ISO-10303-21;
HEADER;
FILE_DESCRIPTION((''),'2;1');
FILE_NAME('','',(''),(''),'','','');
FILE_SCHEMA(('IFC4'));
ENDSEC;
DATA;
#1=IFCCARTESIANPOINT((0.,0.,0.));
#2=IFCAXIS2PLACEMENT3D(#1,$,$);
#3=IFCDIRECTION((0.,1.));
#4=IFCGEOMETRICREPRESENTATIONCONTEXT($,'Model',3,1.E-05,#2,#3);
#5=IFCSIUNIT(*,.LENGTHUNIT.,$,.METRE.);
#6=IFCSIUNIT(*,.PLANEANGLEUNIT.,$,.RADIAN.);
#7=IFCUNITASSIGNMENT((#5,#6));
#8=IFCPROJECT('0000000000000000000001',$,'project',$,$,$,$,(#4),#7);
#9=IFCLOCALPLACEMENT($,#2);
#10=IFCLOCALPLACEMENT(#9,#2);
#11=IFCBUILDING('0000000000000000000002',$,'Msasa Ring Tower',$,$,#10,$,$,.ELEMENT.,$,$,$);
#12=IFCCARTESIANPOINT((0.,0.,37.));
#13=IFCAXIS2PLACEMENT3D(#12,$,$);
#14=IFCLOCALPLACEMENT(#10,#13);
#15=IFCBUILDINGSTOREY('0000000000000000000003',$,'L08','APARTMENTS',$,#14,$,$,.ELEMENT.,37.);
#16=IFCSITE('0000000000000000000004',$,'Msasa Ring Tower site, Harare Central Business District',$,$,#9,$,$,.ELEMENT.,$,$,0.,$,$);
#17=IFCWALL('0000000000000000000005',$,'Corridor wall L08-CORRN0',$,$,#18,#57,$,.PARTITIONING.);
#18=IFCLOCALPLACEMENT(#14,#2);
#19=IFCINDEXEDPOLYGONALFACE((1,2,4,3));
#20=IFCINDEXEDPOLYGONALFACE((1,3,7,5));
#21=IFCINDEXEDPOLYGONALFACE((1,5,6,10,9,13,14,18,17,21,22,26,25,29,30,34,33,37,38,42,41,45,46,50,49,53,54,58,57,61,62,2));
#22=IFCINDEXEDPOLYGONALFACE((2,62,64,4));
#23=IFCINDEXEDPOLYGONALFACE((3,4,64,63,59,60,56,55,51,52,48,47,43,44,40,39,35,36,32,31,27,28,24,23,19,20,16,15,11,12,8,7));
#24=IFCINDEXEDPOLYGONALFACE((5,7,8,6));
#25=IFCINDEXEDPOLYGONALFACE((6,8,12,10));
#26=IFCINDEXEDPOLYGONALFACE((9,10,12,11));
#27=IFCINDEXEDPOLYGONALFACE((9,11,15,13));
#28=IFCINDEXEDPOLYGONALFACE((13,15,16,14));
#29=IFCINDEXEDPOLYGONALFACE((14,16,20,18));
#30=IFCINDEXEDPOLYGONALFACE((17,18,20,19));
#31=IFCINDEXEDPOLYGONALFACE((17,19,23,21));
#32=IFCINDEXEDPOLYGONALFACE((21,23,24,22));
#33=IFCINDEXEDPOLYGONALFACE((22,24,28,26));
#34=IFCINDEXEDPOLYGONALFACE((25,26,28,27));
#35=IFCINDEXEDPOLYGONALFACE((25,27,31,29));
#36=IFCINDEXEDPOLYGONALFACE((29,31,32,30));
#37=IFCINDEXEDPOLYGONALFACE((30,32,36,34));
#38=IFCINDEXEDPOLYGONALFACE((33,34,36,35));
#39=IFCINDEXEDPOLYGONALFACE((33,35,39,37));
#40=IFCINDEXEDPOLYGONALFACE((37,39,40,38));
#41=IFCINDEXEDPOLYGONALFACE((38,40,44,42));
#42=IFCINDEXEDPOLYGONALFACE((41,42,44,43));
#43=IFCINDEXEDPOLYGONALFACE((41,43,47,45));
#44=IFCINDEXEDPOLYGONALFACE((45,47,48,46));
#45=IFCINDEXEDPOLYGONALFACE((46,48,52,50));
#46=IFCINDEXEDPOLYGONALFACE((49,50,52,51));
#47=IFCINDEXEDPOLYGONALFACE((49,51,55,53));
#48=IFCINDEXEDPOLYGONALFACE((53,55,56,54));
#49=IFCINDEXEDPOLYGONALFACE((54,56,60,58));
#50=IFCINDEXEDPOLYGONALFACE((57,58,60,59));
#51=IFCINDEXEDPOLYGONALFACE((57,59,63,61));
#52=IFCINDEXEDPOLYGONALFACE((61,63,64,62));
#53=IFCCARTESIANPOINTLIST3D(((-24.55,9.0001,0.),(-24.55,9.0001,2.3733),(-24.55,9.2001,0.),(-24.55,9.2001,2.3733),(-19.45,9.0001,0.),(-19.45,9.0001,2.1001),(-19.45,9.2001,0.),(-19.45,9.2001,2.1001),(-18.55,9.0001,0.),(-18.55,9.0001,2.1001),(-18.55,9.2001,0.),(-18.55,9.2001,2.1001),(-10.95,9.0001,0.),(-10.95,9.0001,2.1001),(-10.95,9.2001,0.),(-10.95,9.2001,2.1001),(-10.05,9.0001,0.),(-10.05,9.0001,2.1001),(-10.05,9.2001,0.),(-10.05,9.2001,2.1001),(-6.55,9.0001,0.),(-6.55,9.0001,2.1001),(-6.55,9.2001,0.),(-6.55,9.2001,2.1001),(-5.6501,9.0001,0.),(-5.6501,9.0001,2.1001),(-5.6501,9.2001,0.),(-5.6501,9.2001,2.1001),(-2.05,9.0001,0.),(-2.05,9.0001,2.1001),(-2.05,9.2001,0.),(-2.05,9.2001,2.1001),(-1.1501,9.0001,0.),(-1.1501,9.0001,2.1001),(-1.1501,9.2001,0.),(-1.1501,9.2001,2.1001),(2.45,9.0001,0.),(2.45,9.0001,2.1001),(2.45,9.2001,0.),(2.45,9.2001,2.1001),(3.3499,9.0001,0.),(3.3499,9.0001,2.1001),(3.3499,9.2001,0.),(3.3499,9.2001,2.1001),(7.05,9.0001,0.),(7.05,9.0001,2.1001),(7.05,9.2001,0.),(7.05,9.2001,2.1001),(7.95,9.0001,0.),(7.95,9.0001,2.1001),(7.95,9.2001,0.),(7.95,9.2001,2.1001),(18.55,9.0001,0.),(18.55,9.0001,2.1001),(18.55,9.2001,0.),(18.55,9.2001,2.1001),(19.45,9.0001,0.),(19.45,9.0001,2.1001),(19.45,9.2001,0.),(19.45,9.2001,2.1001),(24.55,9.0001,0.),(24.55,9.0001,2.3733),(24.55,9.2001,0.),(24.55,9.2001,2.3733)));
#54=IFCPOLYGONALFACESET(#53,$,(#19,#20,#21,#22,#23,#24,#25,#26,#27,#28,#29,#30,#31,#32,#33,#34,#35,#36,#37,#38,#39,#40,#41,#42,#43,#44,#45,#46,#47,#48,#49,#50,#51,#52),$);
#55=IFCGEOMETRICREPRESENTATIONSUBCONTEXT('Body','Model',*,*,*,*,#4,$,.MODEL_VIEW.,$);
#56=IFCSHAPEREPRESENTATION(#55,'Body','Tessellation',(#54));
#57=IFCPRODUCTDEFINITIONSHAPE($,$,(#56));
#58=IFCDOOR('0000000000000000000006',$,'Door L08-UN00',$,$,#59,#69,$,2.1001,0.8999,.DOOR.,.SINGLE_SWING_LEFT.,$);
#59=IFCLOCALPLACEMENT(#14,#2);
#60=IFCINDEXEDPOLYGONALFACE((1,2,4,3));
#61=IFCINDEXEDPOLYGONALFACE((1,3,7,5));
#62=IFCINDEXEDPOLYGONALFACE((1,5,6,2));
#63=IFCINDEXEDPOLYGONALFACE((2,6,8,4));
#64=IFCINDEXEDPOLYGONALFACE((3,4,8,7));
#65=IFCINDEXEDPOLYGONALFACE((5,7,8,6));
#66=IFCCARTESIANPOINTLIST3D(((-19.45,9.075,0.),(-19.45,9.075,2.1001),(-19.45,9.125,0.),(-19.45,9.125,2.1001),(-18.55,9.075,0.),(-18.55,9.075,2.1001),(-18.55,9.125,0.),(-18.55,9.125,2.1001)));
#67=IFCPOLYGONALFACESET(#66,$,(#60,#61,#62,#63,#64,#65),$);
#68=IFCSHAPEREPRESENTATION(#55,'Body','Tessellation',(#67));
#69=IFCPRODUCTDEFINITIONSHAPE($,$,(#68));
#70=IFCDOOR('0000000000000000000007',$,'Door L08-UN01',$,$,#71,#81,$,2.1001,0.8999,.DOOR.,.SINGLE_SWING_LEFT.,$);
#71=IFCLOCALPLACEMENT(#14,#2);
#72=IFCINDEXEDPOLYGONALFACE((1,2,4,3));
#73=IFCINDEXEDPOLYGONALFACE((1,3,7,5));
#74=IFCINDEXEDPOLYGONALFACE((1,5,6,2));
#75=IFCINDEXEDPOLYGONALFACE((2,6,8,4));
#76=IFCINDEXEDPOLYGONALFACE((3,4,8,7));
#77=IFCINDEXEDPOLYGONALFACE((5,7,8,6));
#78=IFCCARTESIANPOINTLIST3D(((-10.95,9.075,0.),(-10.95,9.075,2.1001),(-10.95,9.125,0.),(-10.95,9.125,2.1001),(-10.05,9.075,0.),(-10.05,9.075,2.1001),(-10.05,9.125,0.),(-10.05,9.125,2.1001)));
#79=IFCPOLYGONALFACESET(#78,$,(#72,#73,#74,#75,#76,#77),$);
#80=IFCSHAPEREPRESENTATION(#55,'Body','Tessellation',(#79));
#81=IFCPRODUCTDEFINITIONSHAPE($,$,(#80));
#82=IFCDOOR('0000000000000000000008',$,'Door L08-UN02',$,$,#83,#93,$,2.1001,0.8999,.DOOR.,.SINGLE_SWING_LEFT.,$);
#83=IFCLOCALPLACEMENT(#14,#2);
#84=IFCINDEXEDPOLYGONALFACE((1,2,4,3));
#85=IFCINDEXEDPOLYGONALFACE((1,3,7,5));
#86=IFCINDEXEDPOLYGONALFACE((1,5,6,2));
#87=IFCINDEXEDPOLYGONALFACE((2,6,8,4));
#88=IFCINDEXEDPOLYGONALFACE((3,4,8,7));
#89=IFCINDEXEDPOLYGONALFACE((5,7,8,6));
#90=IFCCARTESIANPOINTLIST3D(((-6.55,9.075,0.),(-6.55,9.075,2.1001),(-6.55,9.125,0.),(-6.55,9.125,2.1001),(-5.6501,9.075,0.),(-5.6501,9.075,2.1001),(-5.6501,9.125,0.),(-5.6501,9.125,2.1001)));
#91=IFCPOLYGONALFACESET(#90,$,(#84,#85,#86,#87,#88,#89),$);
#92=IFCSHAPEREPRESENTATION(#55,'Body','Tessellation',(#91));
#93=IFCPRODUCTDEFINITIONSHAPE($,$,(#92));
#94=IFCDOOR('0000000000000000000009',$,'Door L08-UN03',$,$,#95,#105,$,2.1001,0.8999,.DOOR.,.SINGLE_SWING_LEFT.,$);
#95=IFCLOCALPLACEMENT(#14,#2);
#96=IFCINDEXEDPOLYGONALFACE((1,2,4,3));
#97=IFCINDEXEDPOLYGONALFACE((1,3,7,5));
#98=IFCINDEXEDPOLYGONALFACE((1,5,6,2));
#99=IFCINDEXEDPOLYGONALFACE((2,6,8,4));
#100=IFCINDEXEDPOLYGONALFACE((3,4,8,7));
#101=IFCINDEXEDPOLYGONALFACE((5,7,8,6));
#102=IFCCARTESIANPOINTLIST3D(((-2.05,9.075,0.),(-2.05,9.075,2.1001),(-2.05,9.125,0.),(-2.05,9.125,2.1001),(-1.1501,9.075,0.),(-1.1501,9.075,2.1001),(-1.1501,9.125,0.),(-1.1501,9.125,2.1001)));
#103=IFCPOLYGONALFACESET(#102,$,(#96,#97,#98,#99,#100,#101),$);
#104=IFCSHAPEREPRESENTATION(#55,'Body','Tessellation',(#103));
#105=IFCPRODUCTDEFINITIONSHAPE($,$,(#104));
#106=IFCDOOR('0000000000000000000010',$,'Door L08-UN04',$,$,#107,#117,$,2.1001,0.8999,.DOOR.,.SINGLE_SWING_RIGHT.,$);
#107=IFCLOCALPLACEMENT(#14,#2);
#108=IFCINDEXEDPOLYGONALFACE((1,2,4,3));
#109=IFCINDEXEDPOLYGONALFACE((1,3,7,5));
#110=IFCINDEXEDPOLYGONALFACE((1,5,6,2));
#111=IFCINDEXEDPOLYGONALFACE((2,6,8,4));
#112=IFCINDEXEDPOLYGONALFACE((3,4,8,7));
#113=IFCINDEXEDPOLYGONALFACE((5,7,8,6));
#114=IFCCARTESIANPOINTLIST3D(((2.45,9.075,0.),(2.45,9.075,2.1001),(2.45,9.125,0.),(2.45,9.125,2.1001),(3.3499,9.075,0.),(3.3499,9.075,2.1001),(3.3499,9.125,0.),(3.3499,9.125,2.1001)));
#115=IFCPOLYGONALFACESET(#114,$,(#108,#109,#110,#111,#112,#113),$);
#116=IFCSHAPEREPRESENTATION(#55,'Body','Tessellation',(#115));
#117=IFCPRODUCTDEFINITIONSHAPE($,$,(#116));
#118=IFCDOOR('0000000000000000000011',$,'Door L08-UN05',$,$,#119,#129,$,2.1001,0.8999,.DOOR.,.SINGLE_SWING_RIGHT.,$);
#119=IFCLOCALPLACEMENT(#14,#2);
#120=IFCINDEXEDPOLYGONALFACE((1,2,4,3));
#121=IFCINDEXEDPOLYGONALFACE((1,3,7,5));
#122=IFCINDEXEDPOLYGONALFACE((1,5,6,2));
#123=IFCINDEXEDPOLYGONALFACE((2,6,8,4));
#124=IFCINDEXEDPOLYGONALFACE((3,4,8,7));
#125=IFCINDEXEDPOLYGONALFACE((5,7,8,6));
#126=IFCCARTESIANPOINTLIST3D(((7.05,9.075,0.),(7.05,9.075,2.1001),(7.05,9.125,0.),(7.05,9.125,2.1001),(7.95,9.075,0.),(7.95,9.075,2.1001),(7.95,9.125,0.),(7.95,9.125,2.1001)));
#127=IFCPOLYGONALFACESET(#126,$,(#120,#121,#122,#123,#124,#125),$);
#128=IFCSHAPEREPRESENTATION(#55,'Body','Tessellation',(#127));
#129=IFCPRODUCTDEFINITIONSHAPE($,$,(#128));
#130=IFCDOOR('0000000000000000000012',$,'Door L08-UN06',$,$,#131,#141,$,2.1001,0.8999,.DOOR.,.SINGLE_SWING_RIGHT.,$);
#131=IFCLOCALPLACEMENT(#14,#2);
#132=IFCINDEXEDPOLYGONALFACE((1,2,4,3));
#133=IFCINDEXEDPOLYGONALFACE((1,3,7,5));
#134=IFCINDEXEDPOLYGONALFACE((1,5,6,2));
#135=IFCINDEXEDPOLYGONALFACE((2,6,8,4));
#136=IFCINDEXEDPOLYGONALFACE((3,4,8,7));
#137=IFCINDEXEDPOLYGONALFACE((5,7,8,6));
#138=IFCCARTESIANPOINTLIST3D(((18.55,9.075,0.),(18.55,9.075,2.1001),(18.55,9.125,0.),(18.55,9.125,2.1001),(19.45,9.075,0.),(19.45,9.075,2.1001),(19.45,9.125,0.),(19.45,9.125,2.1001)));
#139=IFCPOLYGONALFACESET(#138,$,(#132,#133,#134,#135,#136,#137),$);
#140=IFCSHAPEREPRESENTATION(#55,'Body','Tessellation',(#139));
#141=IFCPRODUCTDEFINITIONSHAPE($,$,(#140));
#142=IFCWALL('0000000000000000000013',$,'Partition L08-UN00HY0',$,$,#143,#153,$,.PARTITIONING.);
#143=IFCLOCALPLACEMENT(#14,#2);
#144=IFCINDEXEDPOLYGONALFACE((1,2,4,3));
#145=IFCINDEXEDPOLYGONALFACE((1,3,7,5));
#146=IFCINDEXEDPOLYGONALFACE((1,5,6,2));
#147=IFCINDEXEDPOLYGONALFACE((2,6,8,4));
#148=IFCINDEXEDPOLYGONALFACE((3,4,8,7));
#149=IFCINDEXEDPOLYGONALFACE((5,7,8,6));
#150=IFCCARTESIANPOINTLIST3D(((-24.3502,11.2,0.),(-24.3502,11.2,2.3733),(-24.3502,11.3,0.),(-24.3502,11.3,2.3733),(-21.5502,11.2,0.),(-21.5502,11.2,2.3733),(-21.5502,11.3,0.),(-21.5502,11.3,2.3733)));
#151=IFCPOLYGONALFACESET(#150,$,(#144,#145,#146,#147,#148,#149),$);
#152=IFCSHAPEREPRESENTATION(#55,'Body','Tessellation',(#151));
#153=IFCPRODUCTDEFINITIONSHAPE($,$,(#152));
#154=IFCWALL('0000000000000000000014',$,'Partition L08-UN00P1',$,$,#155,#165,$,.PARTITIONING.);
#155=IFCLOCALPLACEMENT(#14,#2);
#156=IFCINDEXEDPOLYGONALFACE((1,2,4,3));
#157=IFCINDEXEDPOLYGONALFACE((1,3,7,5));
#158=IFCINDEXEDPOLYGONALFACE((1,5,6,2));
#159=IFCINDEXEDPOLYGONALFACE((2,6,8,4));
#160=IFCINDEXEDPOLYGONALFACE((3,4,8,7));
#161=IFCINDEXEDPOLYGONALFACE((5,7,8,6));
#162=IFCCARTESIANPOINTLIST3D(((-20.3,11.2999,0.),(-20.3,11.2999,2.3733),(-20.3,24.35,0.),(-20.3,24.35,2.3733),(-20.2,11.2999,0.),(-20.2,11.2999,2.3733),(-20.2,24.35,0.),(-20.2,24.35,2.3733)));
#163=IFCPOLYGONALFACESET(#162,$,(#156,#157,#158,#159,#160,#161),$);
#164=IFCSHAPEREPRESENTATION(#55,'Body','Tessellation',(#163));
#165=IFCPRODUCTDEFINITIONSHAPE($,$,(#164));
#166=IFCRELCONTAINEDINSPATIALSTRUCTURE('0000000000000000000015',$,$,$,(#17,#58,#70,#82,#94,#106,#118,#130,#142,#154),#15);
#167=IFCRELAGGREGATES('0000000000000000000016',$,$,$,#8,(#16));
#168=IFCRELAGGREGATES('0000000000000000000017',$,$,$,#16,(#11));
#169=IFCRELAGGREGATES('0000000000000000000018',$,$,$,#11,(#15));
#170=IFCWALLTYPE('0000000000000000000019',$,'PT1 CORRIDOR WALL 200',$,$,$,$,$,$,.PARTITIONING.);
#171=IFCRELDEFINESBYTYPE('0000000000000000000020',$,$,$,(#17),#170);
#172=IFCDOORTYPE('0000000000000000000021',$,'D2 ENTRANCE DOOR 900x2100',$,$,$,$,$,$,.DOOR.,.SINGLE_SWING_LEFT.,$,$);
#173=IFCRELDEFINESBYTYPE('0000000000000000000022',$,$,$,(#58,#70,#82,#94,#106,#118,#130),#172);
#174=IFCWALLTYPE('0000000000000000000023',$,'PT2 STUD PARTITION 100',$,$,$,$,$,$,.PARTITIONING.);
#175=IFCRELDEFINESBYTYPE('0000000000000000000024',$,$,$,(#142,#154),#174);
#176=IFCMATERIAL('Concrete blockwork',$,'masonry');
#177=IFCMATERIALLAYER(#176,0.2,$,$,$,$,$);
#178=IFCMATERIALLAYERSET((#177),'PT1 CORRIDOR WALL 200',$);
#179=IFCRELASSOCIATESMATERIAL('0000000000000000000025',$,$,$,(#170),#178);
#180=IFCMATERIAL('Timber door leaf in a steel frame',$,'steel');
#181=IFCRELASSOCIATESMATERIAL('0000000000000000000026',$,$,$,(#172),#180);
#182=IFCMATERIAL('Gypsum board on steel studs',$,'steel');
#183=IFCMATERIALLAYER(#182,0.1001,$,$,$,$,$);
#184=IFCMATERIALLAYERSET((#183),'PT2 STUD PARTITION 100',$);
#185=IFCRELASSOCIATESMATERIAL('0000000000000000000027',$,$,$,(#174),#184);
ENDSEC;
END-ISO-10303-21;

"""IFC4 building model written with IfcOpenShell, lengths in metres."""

from ifc_helpers import new_model, si_unit, direction, frame, frame_2d, origin, place, context, subcontext, project, spatial, rectangle, extrude, material, layer, layer_set, type_object, element, fill, save


model = new_model("IFC4")

# Units and contexts
model_context = context("Model", 3, precision=1e-05, world=origin(), true_north=direction((0.0, 1.0)))
body_context = subcontext(model_context, "Body", "Model", "MODEL_VIEW")
ifc_project = project(units=[si_unit("LENGTHUNIT", "METRE"), si_unit("PLANEANGLEUNIT", "RADIAN")], contexts=[model_context])

# Site, building, storey
site_placement = place(None, origin())
site = spatial("IfcSite", under=ifc_project, at=site_placement, Name="Msasa Ring Tower site, Harare Central Business District", CompositionType="ELEMENT", RefElevation=0.0)
building_placement = place(site_placement, origin())
building = spatial("IfcBuilding", under=site, at=building_placement, Name="Msasa Ring Tower", CompositionType="ELEMENT")
storey_placement = place(building_placement, frame((0.0, 0.0, 37.0)))
storey = spatial("IfcBuildingStorey", under=building, at=storey_placement, Name="L08", Description="APARTMENTS", CompositionType="ELEMENT", Elevation=37.0)

# Wall, openings, doors
ifc_material_1 = material(Name="Concrete blockwork", Category="masonry")
ifc_layer_1 = layer(ifc_material_1, 0.2)
ifc_layer_set_1 = layer_set([ifc_layer_1], Name="PT1 CORRIDOR WALL 200")
wall_type_1 = type_object("IfcWallType", Name="PT1 CORRIDOR WALL 200", PredefinedType="PARTITIONING", material=ifc_layer_set_1)
wall_1_placement = place(storey_placement, frame((-24.55, 9.1001, 0.0), z_axis=(0.0, 0.0, 1.0), x_axis=(1.0, 0.0, 0.0)))
wall_1 = element("IfcWall", 1, at=wall_1_placement, inside=storey, type_object=wall_type_1, Name="Corridor wall L08-CORRN0", PredefinedType="PARTITIONING", context=body_context, shape_type="SweptSolid", body=[
    extrude(rectangle(XDim=49.1001, YDim=0.2, at=frame_2d((24.55, 0.0))), origin(), (0.0, 0.0, 1.0), 2.3733),
])
opening_1_placement = place(wall_1_placement, frame((5.1001, 0.0, 0.0)))
opening_1 = element("IfcOpeningElement", 2, at=opening_1_placement, cuts=wall_1, PredefinedType="OPENING", context=body_context, shape_type="SweptSolid", body=[
    extrude(rectangle(XDim=0.8999, YDim=2.1001, at=frame_2d((0.45, 1.05))), frame((0.0, 0.1099, 0.0), z_axis=(0.0, -1.0, 0.0), x_axis=(1.0, 0.0, 0.0)), (0.0, 0.0, 1.0), 0.22),
])
opening_2_placement = place(wall_1_placement, frame((13.6001, 0.0, 0.0)))
opening_2 = element("IfcOpeningElement", 3, at=opening_2_placement, cuts=wall_1, PredefinedType="OPENING", context=body_context, shape_type="SweptSolid", body=[
    extrude(rectangle(XDim=0.8999, YDim=2.1001, at=frame_2d((0.45, 1.05))), frame((0.0, 0.1099, 0.0), z_axis=(0.0, -1.0, 0.0), x_axis=(1.0, 0.0, 0.0)), (0.0, 0.0, 1.0), 0.22),
])
opening_3_placement = place(wall_1_placement, frame((18.0, 0.0, 0.0)))
opening_3 = element("IfcOpeningElement", 4, at=opening_3_placement, cuts=wall_1, PredefinedType="OPENING", context=body_context, shape_type="SweptSolid", body=[
    extrude(rectangle(XDim=0.8999, YDim=2.1001, at=frame_2d((0.45, 1.05))), frame((0.0, 0.1099, 0.0), z_axis=(0.0, -1.0, 0.0), x_axis=(1.0, 0.0, 0.0)), (0.0, 0.0, 1.0), 0.22),
])
opening_4_placement = place(wall_1_placement, frame((22.5, 0.0, 0.0)))
opening_4 = element("IfcOpeningElement", 5, at=opening_4_placement, cuts=wall_1, PredefinedType="OPENING", context=body_context, shape_type="SweptSolid", body=[
    extrude(rectangle(XDim=0.8999, YDim=2.1001, at=frame_2d((0.45, 1.05))), frame((0.0, 0.1099, 0.0), z_axis=(0.0, -1.0, 0.0), x_axis=(1.0, 0.0, 0.0)), (0.0, 0.0, 1.0), 0.22),
])
opening_5_placement = place(wall_1_placement, frame((27.0, 0.0, 0.0)))
opening_5 = element("IfcOpeningElement", 6, at=opening_5_placement, cuts=wall_1, PredefinedType="OPENING", context=body_context, shape_type="SweptSolid", body=[
    extrude(rectangle(XDim=0.8999, YDim=2.1001, at=frame_2d((0.45, 1.05))), frame((0.0, 0.1099, 0.0), z_axis=(0.0, -1.0, 0.0), x_axis=(1.0, 0.0, 0.0)), (0.0, 0.0, 1.0), 0.22),
])
opening_6_placement = place(wall_1_placement, frame((31.6001, 0.0, 0.0)))
opening_6 = element("IfcOpeningElement", 7, at=opening_6_placement, cuts=wall_1, PredefinedType="OPENING", context=body_context, shape_type="SweptSolid", body=[
    extrude(rectangle(XDim=0.8999, YDim=2.1001, at=frame_2d((0.45, 1.05))), frame((0.0, 0.1099, 0.0), z_axis=(0.0, -1.0, 0.0), x_axis=(1.0, 0.0, 0.0)), (0.0, 0.0, 1.0), 0.22),
])
opening_7_placement = place(wall_1_placement, frame((43.1001, 0.0, 0.0)))
opening_7 = element("IfcOpeningElement", 8, at=opening_7_placement, cuts=wall_1, PredefinedType="OPENING", context=body_context, shape_type="SweptSolid", body=[
    extrude(rectangle(XDim=0.8999, YDim=2.1001, at=frame_2d((0.45, 1.05))), frame((0.0, 0.1099, 0.0), z_axis=(0.0, -1.0, 0.0), x_axis=(1.0, 0.0, 0.0)), (0.0, 0.0, 1.0), 0.22),
])
ifc_material_2 = material(Name="Timber door leaf in a steel frame", Category="steel")
door_type_1 = type_object("IfcDoorType", Name="D2 ENTRANCE DOOR 900x2100", OperationType="SINGLE_SWING_LEFT", PredefinedType="DOOR", material=ifc_material_2)
door_1_placement = place(opening_1_placement, origin())
door_1 = element("IfcDoor", 9, at=door_1_placement, inside=storey, type_object=door_type_1, Name="Door L08-UN00", OperationType="SINGLE_SWING_LEFT", OverallHeight=2.1001, OverallWidth=0.8999, PredefinedType="DOOR", context=body_context, shape_type="SweptSolid", body=[
    extrude(rectangle(XDim=0.8999, YDim=2.1001, at=frame_2d((0.45, 1.05))), frame((0.0, 0.0249, 0.0), z_axis=(0.0, -1.0, 0.0), x_axis=(1.0, 0.0, 0.0)), (0.0, 0.0, 1.0), 0.05),
])
fill(opening_1, door_1)
door_2_placement = place(opening_2_placement, origin())
door_2 = element("IfcDoor", 10, at=door_2_placement, inside=storey, type_object=door_type_1, Name="Door L08-UN01", OperationType="SINGLE_SWING_LEFT", OverallHeight=2.1001, OverallWidth=0.8999, PredefinedType="DOOR", context=body_context, shape_type="SweptSolid", body=[
    extrude(rectangle(XDim=0.8999, YDim=2.1001, at=frame_2d((0.45, 1.05))), frame((0.0, 0.0249, 0.0), z_axis=(0.0, -1.0, 0.0), x_axis=(1.0, 0.0, 0.0)), (0.0, 0.0, 1.0), 0.05),
])
fill(opening_2, door_2)
door_3_placement = place(opening_3_placement, origin())
door_3 = element("IfcDoor", 11, at=door_3_placement, inside=storey, type_object=door_type_1, Name="Door L08-UN02", OperationType="SINGLE_SWING_LEFT", OverallHeight=2.1001, OverallWidth=0.8999, PredefinedType="DOOR", context=body_context, shape_type="SweptSolid", body=[
    extrude(rectangle(XDim=0.8999, YDim=2.1001, at=frame_2d((0.45, 1.05))), frame((0.0, 0.0249, 0.0), z_axis=(0.0, -1.0, 0.0), x_axis=(1.0, 0.0, 0.0)), (0.0, 0.0, 1.0), 0.05),
])
fill(opening_3, door_3)
door_4_placement = place(opening_4_placement, origin())
door_4 = element("IfcDoor", 12, at=door_4_placement, inside=storey, type_object=door_type_1, Name="Door L08-UN03", OperationType="SINGLE_SWING_LEFT", OverallHeight=2.1001, OverallWidth=0.8999, PredefinedType="DOOR", context=body_context, shape_type="SweptSolid", body=[
    extrude(rectangle(XDim=0.8999, YDim=2.1001, at=frame_2d((0.45, 1.05))), frame((0.0, 0.0249, 0.0), z_axis=(0.0, -1.0, 0.0), x_axis=(1.0, 0.0, 0.0)), (0.0, 0.0, 1.0), 0.05),
])
fill(opening_4, door_4)
door_5_placement = place(opening_5_placement, origin())
door_5 = element("IfcDoor", 13, at=door_5_placement, inside=storey, type_object=door_type_1, Name="Door L08-UN04", OperationType="SINGLE_SWING_RIGHT", OverallHeight=2.1001, OverallWidth=0.8999, PredefinedType="DOOR", context=body_context, shape_type="SweptSolid", body=[
    extrude(rectangle(XDim=0.8999, YDim=2.1001, at=frame_2d((0.45, 1.05))), frame((0.0, 0.0249, 0.0), z_axis=(0.0, -1.0, 0.0), x_axis=(1.0, 0.0, 0.0)), (0.0, 0.0, 1.0), 0.05),
])
fill(opening_5, door_5)
door_6_placement = place(opening_6_placement, origin())
door_6 = element("IfcDoor", 14, at=door_6_placement, inside=storey, type_object=door_type_1, Name="Door L08-UN05", OperationType="SINGLE_SWING_RIGHT", OverallHeight=2.1001, OverallWidth=0.8999, PredefinedType="DOOR", context=body_context, shape_type="SweptSolid", body=[
    extrude(rectangle(XDim=0.8999, YDim=2.1001, at=frame_2d((0.45, 1.05))), frame((0.0, 0.0249, 0.0), z_axis=(0.0, -1.0, 0.0), x_axis=(1.0, 0.0, 0.0)), (0.0, 0.0, 1.0), 0.05),
])
fill(opening_6, door_6)
door_7_placement = place(opening_7_placement, origin())
door_7 = element("IfcDoor", 15, at=door_7_placement, inside=storey, type_object=door_type_1, Name="Door L08-UN06", OperationType="SINGLE_SWING_RIGHT", OverallHeight=2.1001, OverallWidth=0.8999, PredefinedType="DOOR", context=body_context, shape_type="SweptSolid", body=[
    extrude(rectangle(XDim=0.8999, YDim=2.1001, at=frame_2d((0.45, 1.05))), frame((0.0, 0.0249, 0.0), z_axis=(0.0, -1.0, 0.0), x_axis=(1.0, 0.0, 0.0)), (0.0, 0.0, 1.0), 0.05),
])
fill(opening_7, door_7)

# Walls
ifc_material_3 = material(Name="Gypsum board on steel studs", Category="steel")
ifc_layer_2 = layer(ifc_material_3, 0.1001)
ifc_layer_set_2 = layer_set([ifc_layer_2], Name="PT2 STUD PARTITION 100")
wall_type_2 = type_object("IfcWallType", Name="PT2 STUD PARTITION 100", PredefinedType="PARTITIONING", material=ifc_layer_set_2)
wall_2_placement = place(storey_placement, frame((-24.3501, 11.25, 0.0), z_axis=(0.0, 0.0, 1.0), x_axis=(1.0, 0.0, 0.0)))
element("IfcWall", 16, at=wall_2_placement, inside=storey, type_object=wall_type_2, Name="Partition L08-UN00HY0", PredefinedType="PARTITIONING", context=body_context, shape_type="SweptSolid", body=[
    extrude(rectangle(XDim=2.8, YDim=0.1001, at=frame_2d((1.3999, 0.0))), origin(), (0.0, 0.0, 1.0), 2.3733),
])
wall_3_placement = place(storey_placement, frame((-20.25, 11.3, 0.0), z_axis=(0.0, 0.0, 1.0), x_axis=(0.0, 1.0, 0.0)))
element("IfcWall", 17, at=wall_3_placement, inside=storey, type_object=wall_type_2, Name="Partition L08-UN00P1", PredefinedType="PARTITIONING", context=body_context, shape_type="SweptSolid", body=[
    extrude(rectangle(XDim=13.05, YDim=0.1001, at=frame_2d((6.5249, 0.0))), origin(), (0.0, 0.0, 1.0), 2.3733),
])

save(model, "model.ifc")
